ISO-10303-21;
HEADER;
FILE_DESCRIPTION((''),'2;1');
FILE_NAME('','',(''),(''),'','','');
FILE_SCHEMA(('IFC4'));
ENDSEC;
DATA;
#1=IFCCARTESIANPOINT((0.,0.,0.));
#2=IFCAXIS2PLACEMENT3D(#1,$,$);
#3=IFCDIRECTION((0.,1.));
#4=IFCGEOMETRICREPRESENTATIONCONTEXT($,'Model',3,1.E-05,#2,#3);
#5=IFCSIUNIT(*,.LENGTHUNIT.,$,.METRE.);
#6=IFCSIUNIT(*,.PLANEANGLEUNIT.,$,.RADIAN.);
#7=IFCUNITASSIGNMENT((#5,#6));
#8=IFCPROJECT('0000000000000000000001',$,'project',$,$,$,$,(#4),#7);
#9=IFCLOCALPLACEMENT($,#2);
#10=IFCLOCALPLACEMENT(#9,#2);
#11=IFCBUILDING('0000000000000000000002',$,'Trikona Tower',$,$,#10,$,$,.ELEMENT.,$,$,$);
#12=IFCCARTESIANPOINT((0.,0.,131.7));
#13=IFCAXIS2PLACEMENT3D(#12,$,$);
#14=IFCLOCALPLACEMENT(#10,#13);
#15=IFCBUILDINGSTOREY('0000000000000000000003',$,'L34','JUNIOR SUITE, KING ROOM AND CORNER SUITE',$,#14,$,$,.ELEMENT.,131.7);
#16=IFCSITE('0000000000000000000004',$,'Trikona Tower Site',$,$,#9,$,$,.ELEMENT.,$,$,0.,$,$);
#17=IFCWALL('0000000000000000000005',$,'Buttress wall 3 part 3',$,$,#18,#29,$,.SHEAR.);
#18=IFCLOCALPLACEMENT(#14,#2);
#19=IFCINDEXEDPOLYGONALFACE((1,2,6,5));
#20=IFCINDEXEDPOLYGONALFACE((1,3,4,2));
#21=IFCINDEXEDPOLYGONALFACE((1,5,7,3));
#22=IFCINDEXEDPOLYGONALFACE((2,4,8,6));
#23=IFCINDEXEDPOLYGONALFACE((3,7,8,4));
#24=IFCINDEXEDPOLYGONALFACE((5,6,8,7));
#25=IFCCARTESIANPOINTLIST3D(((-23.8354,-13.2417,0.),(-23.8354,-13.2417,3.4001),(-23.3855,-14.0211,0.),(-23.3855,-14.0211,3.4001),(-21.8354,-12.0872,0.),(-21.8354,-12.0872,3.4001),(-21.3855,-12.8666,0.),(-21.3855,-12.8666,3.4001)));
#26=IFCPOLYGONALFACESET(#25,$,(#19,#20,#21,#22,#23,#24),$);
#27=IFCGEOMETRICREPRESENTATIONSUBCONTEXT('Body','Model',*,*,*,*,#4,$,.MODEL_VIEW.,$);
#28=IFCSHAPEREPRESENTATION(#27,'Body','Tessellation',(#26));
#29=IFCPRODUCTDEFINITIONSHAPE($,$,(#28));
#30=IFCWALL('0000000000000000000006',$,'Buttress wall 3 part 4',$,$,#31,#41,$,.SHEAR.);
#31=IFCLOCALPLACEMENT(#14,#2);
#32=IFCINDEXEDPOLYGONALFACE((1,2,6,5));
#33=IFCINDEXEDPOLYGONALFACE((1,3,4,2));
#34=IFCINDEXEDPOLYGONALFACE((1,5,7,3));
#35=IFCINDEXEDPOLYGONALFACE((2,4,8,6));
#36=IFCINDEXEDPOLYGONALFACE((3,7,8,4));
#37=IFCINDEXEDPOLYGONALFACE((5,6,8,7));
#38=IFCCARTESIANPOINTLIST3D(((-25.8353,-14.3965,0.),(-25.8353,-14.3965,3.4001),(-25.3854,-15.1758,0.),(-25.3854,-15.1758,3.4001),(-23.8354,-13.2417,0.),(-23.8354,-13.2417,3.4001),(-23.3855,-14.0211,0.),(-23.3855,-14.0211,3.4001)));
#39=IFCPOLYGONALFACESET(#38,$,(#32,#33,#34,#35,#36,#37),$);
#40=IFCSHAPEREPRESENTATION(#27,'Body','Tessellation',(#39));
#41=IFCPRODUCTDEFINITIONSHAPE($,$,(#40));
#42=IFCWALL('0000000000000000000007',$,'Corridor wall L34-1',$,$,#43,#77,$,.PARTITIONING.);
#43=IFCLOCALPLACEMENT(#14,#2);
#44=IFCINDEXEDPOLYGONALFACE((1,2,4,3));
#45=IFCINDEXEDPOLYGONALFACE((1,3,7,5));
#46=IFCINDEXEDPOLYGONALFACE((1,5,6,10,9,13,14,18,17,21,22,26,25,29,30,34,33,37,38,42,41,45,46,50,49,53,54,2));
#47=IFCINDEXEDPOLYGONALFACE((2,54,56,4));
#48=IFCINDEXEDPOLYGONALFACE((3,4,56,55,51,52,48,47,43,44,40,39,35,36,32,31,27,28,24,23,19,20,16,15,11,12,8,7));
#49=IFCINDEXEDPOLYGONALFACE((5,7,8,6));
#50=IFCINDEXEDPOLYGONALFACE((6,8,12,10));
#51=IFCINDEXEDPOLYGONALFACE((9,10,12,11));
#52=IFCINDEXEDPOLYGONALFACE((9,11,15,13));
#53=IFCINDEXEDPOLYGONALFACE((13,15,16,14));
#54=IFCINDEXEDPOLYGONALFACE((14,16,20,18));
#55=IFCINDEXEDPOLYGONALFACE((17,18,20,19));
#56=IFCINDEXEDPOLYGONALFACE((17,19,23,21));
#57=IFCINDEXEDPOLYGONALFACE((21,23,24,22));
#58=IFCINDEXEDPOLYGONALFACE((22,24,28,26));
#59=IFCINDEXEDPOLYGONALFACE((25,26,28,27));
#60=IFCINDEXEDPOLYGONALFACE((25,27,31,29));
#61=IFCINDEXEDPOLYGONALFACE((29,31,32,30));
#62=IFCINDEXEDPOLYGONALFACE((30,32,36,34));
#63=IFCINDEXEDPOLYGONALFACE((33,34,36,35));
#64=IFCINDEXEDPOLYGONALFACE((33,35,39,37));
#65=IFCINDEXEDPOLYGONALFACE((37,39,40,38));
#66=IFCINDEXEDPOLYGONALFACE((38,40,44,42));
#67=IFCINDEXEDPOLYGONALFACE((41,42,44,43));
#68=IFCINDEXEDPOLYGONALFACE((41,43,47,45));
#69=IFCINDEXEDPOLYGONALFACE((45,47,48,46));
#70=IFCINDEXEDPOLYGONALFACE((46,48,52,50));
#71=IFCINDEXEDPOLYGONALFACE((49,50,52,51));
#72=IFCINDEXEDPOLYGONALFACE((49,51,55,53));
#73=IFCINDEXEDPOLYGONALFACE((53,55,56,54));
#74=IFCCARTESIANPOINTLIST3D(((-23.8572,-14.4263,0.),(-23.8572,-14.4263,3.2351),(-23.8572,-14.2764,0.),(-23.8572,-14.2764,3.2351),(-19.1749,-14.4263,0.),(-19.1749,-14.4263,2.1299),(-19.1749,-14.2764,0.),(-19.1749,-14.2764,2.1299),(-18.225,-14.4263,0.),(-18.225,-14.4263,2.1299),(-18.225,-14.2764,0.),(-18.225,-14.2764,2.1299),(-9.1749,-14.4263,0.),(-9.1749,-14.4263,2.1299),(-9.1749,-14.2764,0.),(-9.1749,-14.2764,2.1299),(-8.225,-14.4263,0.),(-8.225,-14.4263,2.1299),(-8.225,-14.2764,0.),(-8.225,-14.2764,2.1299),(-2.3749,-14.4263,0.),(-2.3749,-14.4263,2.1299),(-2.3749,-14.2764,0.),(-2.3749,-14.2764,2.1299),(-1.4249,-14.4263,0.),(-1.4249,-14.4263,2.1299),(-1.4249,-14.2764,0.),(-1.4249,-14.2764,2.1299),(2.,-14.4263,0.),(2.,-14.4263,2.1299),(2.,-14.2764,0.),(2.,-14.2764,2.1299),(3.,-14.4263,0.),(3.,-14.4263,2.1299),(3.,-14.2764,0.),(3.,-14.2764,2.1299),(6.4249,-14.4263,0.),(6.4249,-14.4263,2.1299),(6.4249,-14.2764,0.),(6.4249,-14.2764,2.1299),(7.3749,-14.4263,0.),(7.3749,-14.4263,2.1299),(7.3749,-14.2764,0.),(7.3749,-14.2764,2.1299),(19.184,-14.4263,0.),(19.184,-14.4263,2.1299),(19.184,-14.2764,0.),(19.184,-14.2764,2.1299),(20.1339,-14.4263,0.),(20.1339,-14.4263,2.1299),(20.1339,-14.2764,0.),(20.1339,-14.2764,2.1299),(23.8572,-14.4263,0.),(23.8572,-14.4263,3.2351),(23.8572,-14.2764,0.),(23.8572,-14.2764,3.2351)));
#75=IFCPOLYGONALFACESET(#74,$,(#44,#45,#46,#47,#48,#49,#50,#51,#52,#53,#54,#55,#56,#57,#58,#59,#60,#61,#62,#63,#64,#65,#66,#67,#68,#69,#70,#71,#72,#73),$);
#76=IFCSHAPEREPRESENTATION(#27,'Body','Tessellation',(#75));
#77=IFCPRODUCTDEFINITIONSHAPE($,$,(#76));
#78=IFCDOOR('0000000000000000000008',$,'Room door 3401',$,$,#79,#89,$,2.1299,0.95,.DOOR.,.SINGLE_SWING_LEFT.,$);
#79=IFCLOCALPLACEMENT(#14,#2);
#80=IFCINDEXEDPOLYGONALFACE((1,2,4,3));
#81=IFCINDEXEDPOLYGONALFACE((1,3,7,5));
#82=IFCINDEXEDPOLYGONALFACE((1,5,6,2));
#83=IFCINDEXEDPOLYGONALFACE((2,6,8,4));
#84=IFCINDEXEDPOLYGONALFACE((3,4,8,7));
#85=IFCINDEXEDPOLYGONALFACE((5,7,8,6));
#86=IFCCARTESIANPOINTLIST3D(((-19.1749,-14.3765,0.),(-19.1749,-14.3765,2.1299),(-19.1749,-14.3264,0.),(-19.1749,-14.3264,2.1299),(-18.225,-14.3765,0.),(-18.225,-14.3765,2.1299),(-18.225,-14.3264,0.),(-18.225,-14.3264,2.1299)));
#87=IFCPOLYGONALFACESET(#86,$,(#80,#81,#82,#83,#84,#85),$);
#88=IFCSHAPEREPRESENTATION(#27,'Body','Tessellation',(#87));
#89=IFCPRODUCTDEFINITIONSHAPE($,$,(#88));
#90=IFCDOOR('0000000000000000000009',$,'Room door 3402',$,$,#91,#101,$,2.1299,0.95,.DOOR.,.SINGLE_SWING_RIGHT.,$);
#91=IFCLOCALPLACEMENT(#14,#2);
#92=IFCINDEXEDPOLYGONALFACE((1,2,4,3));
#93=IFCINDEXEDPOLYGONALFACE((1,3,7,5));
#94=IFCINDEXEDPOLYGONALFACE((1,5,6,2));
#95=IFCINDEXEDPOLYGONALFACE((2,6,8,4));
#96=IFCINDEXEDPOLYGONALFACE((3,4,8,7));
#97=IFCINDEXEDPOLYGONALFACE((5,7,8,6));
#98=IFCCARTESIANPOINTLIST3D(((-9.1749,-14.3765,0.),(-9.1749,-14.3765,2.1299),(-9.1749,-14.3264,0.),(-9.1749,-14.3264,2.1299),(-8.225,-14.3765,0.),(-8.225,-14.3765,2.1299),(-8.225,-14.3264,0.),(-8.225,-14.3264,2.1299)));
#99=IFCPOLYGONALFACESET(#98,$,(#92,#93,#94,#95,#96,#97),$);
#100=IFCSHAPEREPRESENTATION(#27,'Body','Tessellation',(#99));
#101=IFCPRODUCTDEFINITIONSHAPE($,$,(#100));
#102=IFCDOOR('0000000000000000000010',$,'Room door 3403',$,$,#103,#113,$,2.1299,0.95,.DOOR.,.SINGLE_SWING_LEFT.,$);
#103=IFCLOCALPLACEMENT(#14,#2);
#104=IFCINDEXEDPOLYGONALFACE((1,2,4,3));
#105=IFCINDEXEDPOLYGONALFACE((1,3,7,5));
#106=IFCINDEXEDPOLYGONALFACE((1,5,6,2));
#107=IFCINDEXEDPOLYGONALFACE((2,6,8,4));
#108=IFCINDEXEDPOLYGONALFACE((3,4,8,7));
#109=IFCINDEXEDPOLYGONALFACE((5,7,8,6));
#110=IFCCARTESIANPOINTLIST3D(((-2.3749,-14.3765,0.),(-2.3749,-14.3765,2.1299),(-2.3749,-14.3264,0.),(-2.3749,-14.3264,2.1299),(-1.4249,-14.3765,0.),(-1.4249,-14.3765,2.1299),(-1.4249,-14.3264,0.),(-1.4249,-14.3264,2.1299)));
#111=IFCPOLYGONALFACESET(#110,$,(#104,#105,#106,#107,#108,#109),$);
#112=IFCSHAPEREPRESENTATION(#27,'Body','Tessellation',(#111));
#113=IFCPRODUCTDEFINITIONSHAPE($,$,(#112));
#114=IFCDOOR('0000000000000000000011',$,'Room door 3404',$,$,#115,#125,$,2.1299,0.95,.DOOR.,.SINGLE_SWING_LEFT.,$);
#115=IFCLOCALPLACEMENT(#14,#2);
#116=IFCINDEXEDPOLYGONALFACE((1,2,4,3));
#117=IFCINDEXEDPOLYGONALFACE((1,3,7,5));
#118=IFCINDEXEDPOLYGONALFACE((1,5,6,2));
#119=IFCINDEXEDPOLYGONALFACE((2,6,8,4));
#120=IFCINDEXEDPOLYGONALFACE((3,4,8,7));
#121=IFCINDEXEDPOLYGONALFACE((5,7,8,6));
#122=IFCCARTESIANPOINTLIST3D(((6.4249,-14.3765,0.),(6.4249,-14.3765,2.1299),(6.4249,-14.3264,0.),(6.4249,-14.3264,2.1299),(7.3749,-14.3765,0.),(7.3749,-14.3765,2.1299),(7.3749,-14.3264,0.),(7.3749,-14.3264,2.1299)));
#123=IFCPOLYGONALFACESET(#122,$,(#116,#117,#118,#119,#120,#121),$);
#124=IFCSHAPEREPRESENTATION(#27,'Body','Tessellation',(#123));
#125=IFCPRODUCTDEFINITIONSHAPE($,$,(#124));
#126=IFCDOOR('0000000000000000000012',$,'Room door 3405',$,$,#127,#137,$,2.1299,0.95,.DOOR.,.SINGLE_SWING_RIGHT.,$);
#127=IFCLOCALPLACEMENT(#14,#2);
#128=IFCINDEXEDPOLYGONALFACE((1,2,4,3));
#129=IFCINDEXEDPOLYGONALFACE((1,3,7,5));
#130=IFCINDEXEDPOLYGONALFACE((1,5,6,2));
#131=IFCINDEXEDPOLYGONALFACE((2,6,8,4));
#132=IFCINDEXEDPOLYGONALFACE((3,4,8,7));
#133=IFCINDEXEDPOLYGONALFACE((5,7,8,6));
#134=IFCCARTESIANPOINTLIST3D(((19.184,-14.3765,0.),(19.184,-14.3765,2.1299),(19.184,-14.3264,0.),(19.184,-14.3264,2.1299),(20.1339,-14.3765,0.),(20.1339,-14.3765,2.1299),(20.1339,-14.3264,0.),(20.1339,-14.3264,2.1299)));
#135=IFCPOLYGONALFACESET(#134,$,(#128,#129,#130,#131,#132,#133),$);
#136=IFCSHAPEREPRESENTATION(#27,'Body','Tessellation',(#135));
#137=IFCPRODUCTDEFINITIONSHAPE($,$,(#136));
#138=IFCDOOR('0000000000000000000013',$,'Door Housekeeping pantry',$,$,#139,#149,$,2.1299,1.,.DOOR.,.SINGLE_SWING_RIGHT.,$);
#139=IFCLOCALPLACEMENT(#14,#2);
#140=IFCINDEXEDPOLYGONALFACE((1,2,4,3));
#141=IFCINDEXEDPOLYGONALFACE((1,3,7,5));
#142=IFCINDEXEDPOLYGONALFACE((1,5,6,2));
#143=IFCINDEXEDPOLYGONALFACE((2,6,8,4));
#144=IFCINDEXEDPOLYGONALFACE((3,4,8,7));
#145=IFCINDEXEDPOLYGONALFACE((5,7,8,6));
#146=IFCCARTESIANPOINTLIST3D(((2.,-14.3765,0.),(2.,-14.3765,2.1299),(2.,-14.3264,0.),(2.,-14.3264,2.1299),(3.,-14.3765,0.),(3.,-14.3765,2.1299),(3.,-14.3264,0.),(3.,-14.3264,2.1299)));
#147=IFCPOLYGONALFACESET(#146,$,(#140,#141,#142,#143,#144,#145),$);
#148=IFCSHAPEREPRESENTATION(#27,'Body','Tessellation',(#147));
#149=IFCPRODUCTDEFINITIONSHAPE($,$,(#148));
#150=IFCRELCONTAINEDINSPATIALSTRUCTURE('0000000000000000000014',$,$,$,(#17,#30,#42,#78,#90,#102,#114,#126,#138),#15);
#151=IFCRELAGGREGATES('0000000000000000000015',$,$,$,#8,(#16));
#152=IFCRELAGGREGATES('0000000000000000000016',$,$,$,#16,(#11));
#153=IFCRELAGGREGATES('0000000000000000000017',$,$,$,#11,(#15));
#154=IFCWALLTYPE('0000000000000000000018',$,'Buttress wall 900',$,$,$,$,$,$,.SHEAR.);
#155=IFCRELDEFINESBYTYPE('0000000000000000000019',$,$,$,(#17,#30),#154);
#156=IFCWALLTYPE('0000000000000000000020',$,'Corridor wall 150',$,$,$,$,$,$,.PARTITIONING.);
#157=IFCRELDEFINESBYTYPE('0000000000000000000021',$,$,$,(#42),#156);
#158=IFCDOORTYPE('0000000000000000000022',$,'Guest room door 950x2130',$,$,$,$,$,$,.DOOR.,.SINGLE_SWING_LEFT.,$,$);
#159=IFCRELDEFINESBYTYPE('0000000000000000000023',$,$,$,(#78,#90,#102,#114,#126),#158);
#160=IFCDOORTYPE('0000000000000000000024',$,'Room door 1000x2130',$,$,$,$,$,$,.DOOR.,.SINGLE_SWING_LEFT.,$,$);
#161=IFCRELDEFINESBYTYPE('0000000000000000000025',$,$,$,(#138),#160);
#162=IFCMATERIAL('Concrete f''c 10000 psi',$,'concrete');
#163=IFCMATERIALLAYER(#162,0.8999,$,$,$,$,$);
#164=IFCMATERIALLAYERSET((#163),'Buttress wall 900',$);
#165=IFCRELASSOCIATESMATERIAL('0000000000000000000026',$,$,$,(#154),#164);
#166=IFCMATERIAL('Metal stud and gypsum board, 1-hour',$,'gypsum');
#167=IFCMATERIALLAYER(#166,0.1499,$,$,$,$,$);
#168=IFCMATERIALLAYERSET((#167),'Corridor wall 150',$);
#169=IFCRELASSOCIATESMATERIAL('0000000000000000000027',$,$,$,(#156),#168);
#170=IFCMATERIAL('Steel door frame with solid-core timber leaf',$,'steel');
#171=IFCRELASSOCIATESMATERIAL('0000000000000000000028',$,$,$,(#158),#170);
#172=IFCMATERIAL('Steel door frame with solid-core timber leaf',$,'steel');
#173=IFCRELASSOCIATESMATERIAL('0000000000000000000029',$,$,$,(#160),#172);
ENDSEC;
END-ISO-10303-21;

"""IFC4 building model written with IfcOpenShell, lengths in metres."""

from ifc_helpers import new_model, si_unit, direction, frame, frame_2d, origin, place, context, subcontext, project, spatial, rectangle, extrude, material, layer, layer_set, type_object, element, fill, save


model = new_model("IFC4")

# Units and contexts
model_context = context("Model", 3, precision=1e-05, world=origin(), true_north=direction((0.0, 1.0)))
body_context = subcontext(model_context, "Body", "Model", "MODEL_VIEW")
ifc_project = project(units=[si_unit("LENGTHUNIT", "METRE"), si_unit("PLANEANGLEUNIT", "RADIAN")], contexts=[model_context])

# Site, building, storey
site_placement = place(None, origin())
site = spatial("IfcSite", under=ifc_project, at=site_placement, Name="Trikona Tower Site", CompositionType="ELEMENT", RefElevation=0.0)
building_placement = place(site_placement, origin())
building = spatial("IfcBuilding", under=site, at=building_placement, Name="Trikona Tower", CompositionType="ELEMENT")
storey_placement = place(building_placement, frame((0.0, 0.0, 131.7)))
storey = spatial("IfcBuildingStorey", under=building, at=storey_placement, Name="L34", Description="JUNIOR SUITE, KING ROOM AND CORNER SUITE", CompositionType="ELEMENT", Elevation=131.7)

# Walls
ifc_material_1 = material(Name="Concrete f'c 10000 psi", Category="concrete")
ifc_layer_1 = layer(ifc_material_1, 0.8999)
ifc_layer_set_1 = layer_set([ifc_layer_1], Name="Buttress wall 900")
wall_type_1 = type_object("IfcWallType", Name="Buttress wall 900", PredefinedType="SHEAR", material=ifc_layer_set_1)
for number, where, z_axis, x_axis, name in (
    (1, (-21.6104, -12.4768, 0.0), (0.0, 0.0, 1.0), (-0.866055, -0.499948, 0.0), "Buttress wall 3 part 3"),
    (2, (-23.6104, -13.6313, 0.0), (0.0, 0.0, 1.0), (-0.86601, -0.500027, 0.0), "Buttress wall 3 part 4"),
):
    element("IfcWall", number, at=place(storey_placement, frame(where, z_axis=z_axis, x_axis=x_axis)), inside=storey, type_object=wall_type_1, Name=name, PredefinedType="SHEAR", context=body_context, shape_type="SweptSolid", body=[
        extrude(rectangle(XDim=2.3093, YDim=0.8999, at=frame_2d((1.1548, 0.0))), origin(), (0.0, 0.0, 1.0), 3.4001),
    ])

# Wall, openings, doors
ifc_material_2 = material(Name="Metal stud and gypsum board, 1-hour", Category="gypsum")
ifc_layer_2 = layer(ifc_material_2, 0.1499)
ifc_layer_set_2 = layer_set([ifc_layer_2], Name="Corridor wall 150")
wall_type_2 = type_object("IfcWallType", Name="Corridor wall 150", PredefinedType="PARTITIONING", material=ifc_layer_set_2)
wall_1_placement = place(storey_placement, frame((-23.8572, -14.3513, 0.0), z_axis=(0.0, 0.0, 1.0), x_axis=(1.0, 0.0, 0.0)))
wall_1 = element("IfcWall", 3, at=wall_1_placement, inside=storey, type_object=wall_type_2, Name="Corridor wall L34-1", PredefinedType="PARTITIONING", context=body_context, shape_type="SweptSolid", body=[
    extrude(rectangle(XDim=47.7144, YDim=0.1499, at=frame_2d((23.8572, 0.0))), origin(), (0.0, 0.0, 1.0), 3.2351),
])
opening_1_placement = place(wall_1_placement, frame((4.6821, 0.0, 0.0)))
opening_1 = element("IfcOpeningElement", 4, at=opening_1_placement, cuts=wall_1, PredefinedType="OPENING", context=body_context, shape_type="SweptSolid", body=[
    extrude(rectangle(XDim=0.95, YDim=2.1299, at=frame_2d((0.4751, 1.0649))), frame((0.0, 0.085, 0.0), z_axis=(0.0, -1.0, 0.0), x_axis=(1.0, 0.0, 0.0)), (0.0, 0.0, 1.0), 0.1699),
])
opening_2_placement = place(wall_1_placement, frame((14.6821, 0.0, 0.0)))
opening_2 = element("IfcOpeningElement", 5, at=opening_2_placement, cuts=wall_1, PredefinedType="OPENING", context=body_context, shape_type="SweptSolid", body=[
    extrude(rectangle(XDim=0.95, YDim=2.1299, at=frame_2d((0.4751, 1.0649))), frame((0.0, 0.085, 0.0), z_axis=(0.0, -1.0, 0.0), x_axis=(1.0, 0.0, 0.0)), (0.0, 0.0, 1.0), 0.1699),
])
opening_3_placement = place(wall_1_placement, frame((21.4822, 0.0, 0.0)))
opening_3 = element("IfcOpeningElement", 6, at=opening_3_placement, cuts=wall_1, PredefinedType="OPENING", context=body_context, shape_type="SweptSolid", body=[
    extrude(rectangle(XDim=0.95, YDim=2.1299, at=frame_2d((0.4751, 1.0649))), frame((0.0, 0.085, 0.0), z_axis=(0.0, -1.0, 0.0), x_axis=(1.0, 0.0, 0.0)), (0.0, 0.0, 1.0), 0.1699),
])
opening_4_placement = place(wall_1_placement, frame((25.8572, 0.0, 0.0)))
opening_4 = element("IfcOpeningElement", 7, at=opening_4_placement, cuts=wall_1, PredefinedType="OPENING", context=body_context, shape_type="SweptSolid", body=[
    extrude(rectangle(XDim=1.0, YDim=2.1299, at=frame_2d((0.5, 1.0649))), frame((0.0, 0.085, 0.0), z_axis=(0.0, -1.0, 0.0), x_axis=(1.0, 0.0, 0.0)), (0.0, 0.0, 1.0), 0.1699),
])
opening_5_placement = place(wall_1_placement, frame((30.282, 0.0, 0.0)))
opening_5 = element("IfcOpeningElement", 8, at=opening_5_placement, cuts=wall_1, PredefinedType="OPENING", context=body_context, shape_type="SweptSolid", body=[
    extrude(rectangle(XDim=0.95, YDim=2.1299, at=frame_2d((0.4751, 1.0649))), frame((0.0, 0.085, 0.0), z_axis=(0.0, -1.0, 0.0), x_axis=(1.0, 0.0, 0.0)), (0.0, 0.0, 1.0), 0.1699),
])
opening_6_placement = place(wall_1_placement, frame((43.041, 0.0, 0.0)))
opening_6 = element("IfcOpeningElement", 9, at=opening_6_placement, cuts=wall_1, PredefinedType="OPENING", context=body_context, shape_type="SweptSolid", body=[
    extrude(rectangle(XDim=0.95, YDim=2.1299, at=frame_2d((0.4751, 1.0649))), frame((0.0, 0.085, 0.0), z_axis=(0.0, -1.0, 0.0), x_axis=(1.0, 0.0, 0.0)), (0.0, 0.0, 1.0), 0.1699),
])
ifc_material_3 = material(Name="Steel door frame with solid-core timber leaf", Category="steel")
door_type_1 = type_object("IfcDoorType", Name="Guest room door 950x2130", OperationType="SINGLE_SWING_LEFT", PredefinedType="DOOR", material=ifc_material_3)
door_1_placement = place(opening_1_placement, origin())
door_1 = element("IfcDoor", 10, at=door_1_placement, inside=storey, type_object=door_type_1, Name="Room door 3401", OperationType="SINGLE_SWING_LEFT", OverallHeight=2.1299, OverallWidth=0.95, PredefinedType="DOOR", context=body_context, shape_type="SweptSolid", body=[
    extrude(rectangle(XDim=0.95, YDim=2.1299, at=frame_2d((0.4751, 1.0649))), frame((0.0, 0.0249, 0.0), z_axis=(0.0, -1.0, 0.0), x_axis=(1.0, 0.0, 0.0)), (0.0, 0.0, 1.0), 0.05),
])
fill(opening_1, door_1)
door_2_placement = place(opening_2_placement, origin())
door_2 = element("IfcDoor", 11, at=door_2_placement, inside=storey, type_object=door_type_1, Name="Room door 3402", OperationType="SINGLE_SWING_RIGHT", OverallHeight=2.1299, OverallWidth=0.95, PredefinedType="DOOR", context=body_context, shape_type="SweptSolid", body=[
    extrude(rectangle(XDim=0.95, YDim=2.1299, at=frame_2d((0.4751, 1.0649))), frame((0.0, 0.0249, 0.0), z_axis=(0.0, -1.0, 0.0), x_axis=(1.0, 0.0, 0.0)), (0.0, 0.0, 1.0), 0.05),
])
fill(opening_2, door_2)
door_3_placement = place(opening_3_placement, origin())
door_3 = element("IfcDoor", 12, at=door_3_placement, inside=storey, type_object=door_type_1, Name="Room door 3403", OperationType="SINGLE_SWING_LEFT", OverallHeight=2.1299, OverallWidth=0.95, PredefinedType="DOOR", context=body_context, shape_type="SweptSolid", body=[
    extrude(rectangle(XDim=0.95, YDim=2.1299, at=frame_2d((0.4751, 1.0649))), frame((0.0, 0.0249, 0.0), z_axis=(0.0, -1.0, 0.0), x_axis=(1.0, 0.0, 0.0)), (0.0, 0.0, 1.0), 0.05),
])
fill(opening_3, door_3)
door_4_placement = place(opening_5_placement, origin())
door_4 = element("IfcDoor", 13, at=door_4_placement, inside=storey, type_object=door_type_1, Name="Room door 3404", OperationType="SINGLE_SWING_LEFT", OverallHeight=2.1299, OverallWidth=0.95, PredefinedType="DOOR", context=body_context, shape_type="SweptSolid", body=[
    extrude(rectangle(XDim=0.95, YDim=2.1299, at=frame_2d((0.4751, 1.0649))), frame((0.0, 0.0249, 0.0), z_axis=(0.0, -1.0, 0.0), x_axis=(1.0, 0.0, 0.0)), (0.0, 0.0, 1.0), 0.05),
])
fill(opening_5, door_4)
door_5_placement = place(opening_6_placement, origin())
door_5 = element("IfcDoor", 14, at=door_5_placement, inside=storey, type_object=door_type_1, Name="Room door 3405", OperationType="SINGLE_SWING_RIGHT", OverallHeight=2.1299, OverallWidth=0.95, PredefinedType="DOOR", context=body_context, shape_type="SweptSolid", body=[
    extrude(rectangle(XDim=0.95, YDim=2.1299, at=frame_2d((0.4751, 1.0649))), frame((0.0, 0.0249, 0.0), z_axis=(0.0, -1.0, 0.0), x_axis=(1.0, 0.0, 0.0)), (0.0, 0.0, 1.0), 0.05),
])
fill(opening_6, door_5)
ifc_material_4 = material(Name="Steel door frame with solid-core timber leaf", Category="steel")
door_type_2 = type_object("IfcDoorType", Name="Room door 1000x2130", OperationType="SINGLE_SWING_LEFT", PredefinedType="DOOR", material=ifc_material_4)
door_6_placement = place(opening_4_placement, origin())
door_6 = element("IfcDoor", 15, at=door_6_placement, inside=storey, type_object=door_type_2, Name="Door Housekeeping pantry", OperationType="SINGLE_SWING_RIGHT", OverallHeight=2.1299, OverallWidth=1.0, PredefinedType="DOOR", context=body_context, shape_type="SweptSolid", body=[
    extrude(rectangle(XDim=1.0, YDim=2.1299, at=frame_2d((0.5, 1.0649))), frame((0.0, 0.0249, 0.0), z_axis=(0.0, -1.0, 0.0), x_axis=(1.0, 0.0, 0.0)), (0.0, 0.0, 1.0), 0.05),
])
fill(opening_4, door_6)

save(model, "model.ifc")
